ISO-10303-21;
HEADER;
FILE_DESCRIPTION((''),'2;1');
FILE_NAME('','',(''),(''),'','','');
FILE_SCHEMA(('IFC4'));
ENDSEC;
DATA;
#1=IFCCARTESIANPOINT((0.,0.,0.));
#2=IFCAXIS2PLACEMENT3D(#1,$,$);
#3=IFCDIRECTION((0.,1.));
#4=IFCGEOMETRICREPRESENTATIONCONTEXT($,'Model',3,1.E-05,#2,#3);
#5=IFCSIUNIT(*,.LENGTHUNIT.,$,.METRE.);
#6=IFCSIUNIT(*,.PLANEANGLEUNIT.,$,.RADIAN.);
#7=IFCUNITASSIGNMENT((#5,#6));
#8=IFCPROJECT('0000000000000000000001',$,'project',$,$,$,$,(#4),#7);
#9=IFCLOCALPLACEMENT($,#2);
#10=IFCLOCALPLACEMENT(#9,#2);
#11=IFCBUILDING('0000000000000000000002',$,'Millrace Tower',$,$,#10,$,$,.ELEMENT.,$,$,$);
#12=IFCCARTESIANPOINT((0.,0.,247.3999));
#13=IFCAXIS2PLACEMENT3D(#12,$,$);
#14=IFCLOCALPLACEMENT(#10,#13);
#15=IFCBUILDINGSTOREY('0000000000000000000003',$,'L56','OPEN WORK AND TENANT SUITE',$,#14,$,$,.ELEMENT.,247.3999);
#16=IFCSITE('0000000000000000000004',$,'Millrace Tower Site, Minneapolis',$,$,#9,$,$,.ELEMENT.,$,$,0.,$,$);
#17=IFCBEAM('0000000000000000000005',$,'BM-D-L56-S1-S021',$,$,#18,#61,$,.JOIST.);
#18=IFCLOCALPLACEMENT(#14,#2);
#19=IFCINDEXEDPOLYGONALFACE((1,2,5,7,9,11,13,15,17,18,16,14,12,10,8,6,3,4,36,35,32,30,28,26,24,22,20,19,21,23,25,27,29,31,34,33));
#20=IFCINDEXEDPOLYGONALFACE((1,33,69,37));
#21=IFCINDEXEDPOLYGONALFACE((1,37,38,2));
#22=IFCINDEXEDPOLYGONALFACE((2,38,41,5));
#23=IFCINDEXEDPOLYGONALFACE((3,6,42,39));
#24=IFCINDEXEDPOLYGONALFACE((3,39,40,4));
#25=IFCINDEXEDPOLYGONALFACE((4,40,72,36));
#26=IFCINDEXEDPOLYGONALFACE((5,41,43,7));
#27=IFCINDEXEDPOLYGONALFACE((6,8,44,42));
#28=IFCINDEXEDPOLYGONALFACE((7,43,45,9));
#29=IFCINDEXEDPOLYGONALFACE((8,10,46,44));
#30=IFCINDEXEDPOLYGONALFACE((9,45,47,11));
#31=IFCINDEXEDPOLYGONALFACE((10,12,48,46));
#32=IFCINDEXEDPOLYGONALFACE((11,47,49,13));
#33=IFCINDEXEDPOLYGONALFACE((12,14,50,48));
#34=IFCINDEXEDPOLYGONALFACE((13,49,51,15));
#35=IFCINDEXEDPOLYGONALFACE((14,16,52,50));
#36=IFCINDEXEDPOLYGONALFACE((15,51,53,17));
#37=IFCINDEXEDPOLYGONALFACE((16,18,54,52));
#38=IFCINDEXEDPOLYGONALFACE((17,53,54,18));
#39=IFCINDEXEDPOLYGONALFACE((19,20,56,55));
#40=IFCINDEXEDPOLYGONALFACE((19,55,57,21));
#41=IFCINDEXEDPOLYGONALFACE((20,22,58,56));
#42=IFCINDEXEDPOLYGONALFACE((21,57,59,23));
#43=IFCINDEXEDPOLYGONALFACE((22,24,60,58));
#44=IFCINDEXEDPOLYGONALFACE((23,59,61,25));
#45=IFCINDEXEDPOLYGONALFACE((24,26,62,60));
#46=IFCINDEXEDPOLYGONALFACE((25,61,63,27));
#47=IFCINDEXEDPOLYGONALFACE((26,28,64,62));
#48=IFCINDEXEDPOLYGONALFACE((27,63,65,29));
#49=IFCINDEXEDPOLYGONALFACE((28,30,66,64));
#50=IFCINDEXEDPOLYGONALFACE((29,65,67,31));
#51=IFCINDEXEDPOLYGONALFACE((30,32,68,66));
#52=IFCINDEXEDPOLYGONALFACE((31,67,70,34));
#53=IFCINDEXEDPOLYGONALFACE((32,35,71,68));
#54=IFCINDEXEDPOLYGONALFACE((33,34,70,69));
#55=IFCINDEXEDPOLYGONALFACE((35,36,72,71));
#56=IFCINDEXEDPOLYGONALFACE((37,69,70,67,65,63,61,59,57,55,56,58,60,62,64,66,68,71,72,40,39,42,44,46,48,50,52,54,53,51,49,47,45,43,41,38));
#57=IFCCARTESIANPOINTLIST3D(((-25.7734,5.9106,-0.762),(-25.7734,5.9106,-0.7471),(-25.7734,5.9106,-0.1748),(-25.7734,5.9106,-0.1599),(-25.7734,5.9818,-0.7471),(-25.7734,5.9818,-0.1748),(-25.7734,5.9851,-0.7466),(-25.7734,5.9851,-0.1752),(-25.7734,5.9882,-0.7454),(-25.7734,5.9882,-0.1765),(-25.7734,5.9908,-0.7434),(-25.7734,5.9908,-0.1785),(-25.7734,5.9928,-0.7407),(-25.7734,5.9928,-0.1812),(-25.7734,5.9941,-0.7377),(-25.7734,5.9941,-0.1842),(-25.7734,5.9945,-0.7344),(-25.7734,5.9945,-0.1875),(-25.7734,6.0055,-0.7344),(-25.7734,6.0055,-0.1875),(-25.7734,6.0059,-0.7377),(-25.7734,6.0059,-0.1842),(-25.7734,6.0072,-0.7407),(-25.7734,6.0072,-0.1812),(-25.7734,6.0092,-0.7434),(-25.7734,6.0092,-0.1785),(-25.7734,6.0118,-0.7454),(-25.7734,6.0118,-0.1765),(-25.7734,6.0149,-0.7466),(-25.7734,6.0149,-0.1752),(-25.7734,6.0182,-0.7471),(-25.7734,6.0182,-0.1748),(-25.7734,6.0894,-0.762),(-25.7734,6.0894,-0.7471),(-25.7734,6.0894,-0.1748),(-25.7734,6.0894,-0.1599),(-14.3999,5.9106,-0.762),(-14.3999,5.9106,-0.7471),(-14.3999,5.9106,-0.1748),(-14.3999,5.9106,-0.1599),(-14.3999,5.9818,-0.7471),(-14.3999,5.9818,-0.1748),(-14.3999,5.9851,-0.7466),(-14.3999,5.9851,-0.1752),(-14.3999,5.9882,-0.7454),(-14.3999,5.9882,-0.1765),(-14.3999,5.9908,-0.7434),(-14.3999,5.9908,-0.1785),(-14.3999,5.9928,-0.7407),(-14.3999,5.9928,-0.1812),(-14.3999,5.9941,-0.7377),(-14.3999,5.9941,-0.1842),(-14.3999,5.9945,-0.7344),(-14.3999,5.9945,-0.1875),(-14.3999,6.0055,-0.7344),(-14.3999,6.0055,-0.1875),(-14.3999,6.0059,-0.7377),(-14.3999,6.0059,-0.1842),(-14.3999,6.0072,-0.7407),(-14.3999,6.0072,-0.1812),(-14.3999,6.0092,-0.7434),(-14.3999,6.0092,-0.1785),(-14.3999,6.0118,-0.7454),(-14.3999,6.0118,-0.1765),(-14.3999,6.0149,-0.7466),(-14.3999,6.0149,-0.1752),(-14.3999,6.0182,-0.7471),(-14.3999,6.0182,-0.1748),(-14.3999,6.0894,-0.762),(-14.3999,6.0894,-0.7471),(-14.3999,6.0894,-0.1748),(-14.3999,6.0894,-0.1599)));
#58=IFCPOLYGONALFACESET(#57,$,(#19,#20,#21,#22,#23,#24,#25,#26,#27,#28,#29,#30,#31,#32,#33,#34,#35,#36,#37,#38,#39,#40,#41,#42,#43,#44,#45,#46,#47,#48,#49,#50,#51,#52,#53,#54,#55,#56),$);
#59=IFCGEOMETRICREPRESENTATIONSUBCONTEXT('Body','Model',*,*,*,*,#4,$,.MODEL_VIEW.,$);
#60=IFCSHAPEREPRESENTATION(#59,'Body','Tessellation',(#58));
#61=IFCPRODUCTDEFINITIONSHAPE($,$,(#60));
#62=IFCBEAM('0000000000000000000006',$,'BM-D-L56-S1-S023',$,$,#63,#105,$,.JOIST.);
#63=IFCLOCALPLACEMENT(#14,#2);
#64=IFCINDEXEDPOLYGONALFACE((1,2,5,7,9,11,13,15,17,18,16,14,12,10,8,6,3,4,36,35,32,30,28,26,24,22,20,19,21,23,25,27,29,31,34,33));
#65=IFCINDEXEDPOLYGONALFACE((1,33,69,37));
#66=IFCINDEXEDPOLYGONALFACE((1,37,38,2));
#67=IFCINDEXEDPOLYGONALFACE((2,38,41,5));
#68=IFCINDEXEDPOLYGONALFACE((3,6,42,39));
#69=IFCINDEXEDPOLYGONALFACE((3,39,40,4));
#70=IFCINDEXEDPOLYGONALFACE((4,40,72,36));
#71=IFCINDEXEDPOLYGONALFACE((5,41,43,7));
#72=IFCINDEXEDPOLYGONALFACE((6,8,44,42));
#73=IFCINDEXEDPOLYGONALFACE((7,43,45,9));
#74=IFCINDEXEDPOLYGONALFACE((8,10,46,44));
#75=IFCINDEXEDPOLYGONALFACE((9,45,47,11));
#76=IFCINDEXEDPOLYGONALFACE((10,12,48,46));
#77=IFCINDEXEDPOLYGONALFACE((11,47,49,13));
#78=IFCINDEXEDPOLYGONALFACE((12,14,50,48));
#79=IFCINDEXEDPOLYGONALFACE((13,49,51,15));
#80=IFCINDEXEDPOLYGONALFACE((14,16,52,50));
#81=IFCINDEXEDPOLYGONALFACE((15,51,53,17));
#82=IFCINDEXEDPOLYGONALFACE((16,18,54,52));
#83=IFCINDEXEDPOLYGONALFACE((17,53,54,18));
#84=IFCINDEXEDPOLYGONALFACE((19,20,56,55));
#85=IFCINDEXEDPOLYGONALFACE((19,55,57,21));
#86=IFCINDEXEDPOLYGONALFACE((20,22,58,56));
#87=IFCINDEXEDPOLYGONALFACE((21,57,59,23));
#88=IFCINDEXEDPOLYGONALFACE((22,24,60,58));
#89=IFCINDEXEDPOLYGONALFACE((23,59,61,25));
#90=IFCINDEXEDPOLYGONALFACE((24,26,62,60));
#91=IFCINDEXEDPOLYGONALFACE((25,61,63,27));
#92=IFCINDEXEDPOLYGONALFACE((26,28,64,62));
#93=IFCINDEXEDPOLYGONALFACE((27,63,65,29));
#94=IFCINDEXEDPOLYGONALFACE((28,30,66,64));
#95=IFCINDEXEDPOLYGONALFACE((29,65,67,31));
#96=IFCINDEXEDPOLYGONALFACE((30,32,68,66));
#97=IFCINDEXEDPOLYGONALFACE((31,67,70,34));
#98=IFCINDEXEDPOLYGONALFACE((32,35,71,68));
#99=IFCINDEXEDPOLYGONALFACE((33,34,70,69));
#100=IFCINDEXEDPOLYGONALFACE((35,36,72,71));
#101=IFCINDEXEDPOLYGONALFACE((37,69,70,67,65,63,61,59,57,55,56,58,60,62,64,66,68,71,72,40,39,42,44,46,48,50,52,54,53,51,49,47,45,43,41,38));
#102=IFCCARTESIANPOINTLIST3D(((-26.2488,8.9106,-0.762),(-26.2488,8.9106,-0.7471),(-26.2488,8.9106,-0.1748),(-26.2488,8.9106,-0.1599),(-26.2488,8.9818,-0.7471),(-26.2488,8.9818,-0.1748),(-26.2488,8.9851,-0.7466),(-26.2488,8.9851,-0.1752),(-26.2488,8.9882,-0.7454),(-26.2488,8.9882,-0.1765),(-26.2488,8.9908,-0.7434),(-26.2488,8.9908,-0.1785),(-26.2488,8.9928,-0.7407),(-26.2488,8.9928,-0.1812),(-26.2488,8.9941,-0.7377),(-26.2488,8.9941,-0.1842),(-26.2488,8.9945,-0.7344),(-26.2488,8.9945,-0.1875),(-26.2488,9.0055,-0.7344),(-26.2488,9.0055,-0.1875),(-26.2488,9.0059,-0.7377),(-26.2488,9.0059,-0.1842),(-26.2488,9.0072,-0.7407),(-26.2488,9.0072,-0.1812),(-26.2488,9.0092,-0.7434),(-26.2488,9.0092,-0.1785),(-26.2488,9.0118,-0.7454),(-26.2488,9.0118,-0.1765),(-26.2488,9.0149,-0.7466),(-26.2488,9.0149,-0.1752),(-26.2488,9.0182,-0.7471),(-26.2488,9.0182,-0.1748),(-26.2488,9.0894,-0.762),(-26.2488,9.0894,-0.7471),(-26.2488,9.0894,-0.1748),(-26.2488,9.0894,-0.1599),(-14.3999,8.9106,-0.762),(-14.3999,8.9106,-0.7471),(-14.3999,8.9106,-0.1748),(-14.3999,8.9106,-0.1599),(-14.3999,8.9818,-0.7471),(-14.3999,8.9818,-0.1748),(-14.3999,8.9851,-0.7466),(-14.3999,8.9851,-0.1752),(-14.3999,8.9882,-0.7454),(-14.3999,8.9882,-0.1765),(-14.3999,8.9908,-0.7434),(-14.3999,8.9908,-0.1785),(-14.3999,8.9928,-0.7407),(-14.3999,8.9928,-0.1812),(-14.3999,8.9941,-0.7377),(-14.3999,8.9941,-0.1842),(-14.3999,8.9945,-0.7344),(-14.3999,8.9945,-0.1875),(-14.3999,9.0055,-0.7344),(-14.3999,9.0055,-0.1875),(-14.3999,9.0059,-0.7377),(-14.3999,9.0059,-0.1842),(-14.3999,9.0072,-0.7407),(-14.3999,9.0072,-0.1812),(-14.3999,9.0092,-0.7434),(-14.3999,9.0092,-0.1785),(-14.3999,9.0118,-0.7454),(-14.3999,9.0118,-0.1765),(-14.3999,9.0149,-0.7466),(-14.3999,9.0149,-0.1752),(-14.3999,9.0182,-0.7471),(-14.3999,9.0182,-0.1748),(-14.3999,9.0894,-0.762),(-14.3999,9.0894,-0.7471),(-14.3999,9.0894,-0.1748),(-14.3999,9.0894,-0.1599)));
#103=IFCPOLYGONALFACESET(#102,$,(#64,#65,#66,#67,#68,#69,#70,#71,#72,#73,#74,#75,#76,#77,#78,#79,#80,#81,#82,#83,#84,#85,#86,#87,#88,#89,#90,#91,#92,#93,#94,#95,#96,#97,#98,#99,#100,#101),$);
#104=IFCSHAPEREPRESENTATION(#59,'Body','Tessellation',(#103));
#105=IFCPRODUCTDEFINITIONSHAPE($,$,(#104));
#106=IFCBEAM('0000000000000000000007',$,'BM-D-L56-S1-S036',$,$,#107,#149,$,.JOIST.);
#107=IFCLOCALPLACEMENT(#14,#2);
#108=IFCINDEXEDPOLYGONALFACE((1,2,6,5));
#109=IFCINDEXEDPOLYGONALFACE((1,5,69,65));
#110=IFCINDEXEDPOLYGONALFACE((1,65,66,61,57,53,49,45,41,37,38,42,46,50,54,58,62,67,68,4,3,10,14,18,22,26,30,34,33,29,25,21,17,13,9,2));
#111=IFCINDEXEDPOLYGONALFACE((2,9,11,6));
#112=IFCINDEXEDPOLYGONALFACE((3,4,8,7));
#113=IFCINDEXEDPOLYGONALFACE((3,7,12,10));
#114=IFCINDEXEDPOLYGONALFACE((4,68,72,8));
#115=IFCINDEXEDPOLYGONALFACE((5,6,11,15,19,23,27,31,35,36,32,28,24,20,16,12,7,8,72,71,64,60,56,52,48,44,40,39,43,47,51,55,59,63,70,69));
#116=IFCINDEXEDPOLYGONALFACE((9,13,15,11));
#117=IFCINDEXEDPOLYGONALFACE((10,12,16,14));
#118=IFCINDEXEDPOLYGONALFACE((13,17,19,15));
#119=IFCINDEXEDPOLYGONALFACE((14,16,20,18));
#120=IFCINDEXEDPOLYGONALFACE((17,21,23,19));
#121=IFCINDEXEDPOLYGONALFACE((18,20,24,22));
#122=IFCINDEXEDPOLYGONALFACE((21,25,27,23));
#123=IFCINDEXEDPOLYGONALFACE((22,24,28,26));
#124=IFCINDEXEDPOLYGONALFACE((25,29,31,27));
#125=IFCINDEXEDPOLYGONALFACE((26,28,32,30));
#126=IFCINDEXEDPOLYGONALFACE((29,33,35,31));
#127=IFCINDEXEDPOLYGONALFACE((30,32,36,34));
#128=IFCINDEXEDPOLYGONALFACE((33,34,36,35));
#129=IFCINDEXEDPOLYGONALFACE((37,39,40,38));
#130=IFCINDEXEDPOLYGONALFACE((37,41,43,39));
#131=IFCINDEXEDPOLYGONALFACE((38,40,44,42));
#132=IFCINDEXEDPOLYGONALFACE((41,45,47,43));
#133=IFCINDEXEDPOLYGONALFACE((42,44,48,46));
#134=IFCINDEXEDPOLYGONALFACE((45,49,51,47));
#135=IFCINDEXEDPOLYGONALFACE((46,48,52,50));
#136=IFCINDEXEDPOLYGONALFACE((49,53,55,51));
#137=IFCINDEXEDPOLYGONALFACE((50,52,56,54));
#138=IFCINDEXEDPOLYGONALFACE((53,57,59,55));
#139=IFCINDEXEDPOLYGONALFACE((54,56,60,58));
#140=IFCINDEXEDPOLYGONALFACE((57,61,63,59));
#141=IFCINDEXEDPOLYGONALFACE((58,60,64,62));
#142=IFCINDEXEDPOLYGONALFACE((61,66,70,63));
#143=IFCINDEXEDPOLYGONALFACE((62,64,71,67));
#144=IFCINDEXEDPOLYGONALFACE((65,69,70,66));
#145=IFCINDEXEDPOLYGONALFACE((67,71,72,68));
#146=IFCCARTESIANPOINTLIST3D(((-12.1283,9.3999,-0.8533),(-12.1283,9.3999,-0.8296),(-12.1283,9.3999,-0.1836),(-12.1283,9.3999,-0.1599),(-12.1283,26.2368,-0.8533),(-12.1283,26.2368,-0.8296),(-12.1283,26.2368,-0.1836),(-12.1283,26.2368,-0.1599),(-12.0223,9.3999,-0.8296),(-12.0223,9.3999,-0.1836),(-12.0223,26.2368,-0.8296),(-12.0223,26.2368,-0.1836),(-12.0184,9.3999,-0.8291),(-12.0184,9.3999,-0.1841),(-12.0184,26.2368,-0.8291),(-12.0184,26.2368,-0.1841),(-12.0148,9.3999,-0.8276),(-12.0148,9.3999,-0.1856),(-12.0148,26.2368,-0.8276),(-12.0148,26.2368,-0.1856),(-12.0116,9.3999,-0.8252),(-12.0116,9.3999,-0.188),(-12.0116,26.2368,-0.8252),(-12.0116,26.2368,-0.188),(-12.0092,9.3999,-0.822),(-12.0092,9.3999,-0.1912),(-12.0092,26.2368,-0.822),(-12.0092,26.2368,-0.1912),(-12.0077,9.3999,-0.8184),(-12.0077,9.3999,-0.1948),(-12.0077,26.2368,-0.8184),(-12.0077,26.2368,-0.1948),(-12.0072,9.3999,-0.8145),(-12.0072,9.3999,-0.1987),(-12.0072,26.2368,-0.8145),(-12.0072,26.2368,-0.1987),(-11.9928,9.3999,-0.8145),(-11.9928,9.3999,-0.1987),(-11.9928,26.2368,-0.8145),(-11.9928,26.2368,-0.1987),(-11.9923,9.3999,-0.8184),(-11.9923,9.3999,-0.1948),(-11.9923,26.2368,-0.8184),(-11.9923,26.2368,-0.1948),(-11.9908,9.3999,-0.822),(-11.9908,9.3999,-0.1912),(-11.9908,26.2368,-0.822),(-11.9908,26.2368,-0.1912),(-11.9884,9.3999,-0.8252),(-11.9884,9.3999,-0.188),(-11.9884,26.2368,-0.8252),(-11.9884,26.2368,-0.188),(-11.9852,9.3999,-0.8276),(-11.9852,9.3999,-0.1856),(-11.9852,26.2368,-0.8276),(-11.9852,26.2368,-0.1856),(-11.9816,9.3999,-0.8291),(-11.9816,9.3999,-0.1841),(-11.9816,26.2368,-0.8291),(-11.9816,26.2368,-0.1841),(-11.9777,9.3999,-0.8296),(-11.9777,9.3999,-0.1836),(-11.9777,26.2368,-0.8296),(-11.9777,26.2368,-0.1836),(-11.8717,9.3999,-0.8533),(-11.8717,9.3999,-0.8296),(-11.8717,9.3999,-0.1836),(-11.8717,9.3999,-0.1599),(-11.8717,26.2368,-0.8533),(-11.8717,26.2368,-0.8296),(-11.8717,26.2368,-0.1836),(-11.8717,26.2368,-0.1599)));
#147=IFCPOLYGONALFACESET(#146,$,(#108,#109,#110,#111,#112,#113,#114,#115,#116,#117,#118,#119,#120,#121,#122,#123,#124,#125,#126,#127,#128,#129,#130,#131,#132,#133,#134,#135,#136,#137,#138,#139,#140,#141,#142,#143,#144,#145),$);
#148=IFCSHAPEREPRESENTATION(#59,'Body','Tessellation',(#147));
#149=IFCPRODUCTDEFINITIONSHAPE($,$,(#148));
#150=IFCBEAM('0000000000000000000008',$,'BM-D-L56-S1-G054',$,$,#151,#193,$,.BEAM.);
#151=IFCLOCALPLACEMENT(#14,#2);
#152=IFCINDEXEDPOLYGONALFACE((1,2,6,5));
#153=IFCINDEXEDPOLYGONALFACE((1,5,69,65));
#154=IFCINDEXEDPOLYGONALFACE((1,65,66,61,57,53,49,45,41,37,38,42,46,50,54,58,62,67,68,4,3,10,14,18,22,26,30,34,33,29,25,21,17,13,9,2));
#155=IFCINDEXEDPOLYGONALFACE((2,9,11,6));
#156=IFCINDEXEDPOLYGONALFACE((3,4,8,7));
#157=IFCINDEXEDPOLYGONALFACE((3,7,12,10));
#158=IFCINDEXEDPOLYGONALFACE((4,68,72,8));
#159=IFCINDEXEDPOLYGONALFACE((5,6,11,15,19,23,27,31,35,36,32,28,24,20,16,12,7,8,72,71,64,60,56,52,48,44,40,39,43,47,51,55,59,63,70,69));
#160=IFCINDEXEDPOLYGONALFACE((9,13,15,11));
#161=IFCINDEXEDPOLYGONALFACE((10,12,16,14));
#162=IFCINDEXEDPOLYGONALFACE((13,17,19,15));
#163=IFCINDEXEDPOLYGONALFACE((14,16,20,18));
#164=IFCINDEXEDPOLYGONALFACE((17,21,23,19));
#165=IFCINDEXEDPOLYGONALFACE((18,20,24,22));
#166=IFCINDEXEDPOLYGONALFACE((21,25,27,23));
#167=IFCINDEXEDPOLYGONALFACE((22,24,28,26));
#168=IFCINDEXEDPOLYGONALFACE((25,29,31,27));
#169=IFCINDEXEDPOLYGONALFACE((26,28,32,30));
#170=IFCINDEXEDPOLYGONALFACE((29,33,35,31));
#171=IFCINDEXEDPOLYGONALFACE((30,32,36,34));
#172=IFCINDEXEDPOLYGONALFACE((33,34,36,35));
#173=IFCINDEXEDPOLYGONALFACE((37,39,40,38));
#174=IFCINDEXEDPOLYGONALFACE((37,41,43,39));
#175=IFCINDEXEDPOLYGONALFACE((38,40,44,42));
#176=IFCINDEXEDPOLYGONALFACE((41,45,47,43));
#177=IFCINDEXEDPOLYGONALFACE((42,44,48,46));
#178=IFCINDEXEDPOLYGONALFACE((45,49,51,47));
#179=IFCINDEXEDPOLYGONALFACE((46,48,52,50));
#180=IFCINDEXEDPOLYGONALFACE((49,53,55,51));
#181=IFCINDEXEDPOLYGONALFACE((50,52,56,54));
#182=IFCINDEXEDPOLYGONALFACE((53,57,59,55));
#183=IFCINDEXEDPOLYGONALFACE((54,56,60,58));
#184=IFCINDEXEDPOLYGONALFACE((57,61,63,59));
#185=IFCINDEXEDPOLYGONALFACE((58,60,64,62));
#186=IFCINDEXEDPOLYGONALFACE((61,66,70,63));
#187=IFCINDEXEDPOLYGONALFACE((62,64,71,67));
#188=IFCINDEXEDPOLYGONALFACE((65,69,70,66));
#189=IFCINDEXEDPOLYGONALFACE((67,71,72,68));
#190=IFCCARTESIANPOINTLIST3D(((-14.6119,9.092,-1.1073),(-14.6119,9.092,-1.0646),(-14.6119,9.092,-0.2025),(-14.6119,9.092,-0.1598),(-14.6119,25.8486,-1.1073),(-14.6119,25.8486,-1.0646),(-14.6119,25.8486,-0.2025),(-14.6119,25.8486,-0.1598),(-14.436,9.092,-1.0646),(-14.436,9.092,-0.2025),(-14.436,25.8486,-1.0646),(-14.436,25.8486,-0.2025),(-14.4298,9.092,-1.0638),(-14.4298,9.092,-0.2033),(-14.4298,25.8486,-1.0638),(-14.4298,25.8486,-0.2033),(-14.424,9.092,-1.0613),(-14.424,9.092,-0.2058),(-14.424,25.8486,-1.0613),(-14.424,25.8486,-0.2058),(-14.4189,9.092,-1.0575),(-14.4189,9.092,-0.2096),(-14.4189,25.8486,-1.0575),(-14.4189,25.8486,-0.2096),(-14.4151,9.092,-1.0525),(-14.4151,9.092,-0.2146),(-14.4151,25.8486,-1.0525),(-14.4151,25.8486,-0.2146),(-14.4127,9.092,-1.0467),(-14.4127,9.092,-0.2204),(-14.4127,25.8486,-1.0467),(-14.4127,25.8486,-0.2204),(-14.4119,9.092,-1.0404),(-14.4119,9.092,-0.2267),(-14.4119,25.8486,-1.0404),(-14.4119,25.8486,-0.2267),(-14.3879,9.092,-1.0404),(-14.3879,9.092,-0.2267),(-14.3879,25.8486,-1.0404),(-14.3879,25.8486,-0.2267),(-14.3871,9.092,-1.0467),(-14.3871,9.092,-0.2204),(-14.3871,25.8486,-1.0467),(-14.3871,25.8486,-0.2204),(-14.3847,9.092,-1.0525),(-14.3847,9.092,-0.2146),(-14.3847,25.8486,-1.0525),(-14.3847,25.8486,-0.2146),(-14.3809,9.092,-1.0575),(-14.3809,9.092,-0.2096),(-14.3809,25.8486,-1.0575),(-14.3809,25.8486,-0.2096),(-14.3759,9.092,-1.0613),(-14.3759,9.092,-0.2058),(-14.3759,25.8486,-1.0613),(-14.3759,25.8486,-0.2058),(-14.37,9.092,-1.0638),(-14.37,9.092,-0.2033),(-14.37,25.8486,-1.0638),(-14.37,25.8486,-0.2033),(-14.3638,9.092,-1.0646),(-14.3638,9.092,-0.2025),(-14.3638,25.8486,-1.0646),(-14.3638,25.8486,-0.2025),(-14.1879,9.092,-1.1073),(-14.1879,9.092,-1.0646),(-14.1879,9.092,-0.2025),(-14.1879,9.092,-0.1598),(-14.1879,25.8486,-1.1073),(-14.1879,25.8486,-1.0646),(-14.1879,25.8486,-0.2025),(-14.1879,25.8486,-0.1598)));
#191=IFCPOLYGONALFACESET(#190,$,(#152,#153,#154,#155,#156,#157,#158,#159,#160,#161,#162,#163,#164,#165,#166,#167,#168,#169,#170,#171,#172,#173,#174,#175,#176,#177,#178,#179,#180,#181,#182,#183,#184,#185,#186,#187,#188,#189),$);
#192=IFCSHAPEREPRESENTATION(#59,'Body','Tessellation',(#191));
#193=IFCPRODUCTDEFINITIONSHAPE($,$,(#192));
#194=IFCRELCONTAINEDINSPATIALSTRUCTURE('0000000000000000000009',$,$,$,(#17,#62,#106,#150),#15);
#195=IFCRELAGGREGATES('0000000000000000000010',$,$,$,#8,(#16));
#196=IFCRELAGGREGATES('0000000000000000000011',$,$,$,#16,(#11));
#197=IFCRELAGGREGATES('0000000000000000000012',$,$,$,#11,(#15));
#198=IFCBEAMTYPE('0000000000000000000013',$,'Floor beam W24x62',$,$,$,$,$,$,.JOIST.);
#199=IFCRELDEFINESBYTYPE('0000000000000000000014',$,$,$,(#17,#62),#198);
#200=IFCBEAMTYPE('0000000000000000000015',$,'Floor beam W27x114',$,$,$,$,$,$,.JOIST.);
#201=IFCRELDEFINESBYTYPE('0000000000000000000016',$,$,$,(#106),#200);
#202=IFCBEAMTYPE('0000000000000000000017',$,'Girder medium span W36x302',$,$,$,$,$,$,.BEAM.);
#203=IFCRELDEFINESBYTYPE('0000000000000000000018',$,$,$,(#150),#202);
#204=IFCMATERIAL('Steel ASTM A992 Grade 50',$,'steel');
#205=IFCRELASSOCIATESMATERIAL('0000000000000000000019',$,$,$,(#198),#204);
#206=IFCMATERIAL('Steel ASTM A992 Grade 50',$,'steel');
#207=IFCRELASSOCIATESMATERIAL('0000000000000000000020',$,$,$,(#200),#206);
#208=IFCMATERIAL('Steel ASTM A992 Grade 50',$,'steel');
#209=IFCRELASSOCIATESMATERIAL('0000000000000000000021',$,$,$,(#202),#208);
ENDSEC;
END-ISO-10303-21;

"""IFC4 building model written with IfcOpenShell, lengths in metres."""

from ifc_helpers import new_model, si_unit, direction, frame, origin, origin_2d, place, context, subcontext, project, spatial, i_section, extrude, material, material_profile, profile_set, type_object, element, save


model = new_model("IFC4")

# Units and contexts
model_context = context("Model", 3, precision=1e-05, world=origin(), true_north=direction((0.0, 1.0)))
body_context = subcontext(model_context, "Body", "Model", "MODEL_VIEW")
ifc_project = project(units=[si_unit("LENGTHUNIT", "METRE"), si_unit("PLANEANGLEUNIT", "RADIAN")], contexts=[model_context])

# Site, building, storey
site_placement = place(None, origin())
site = spatial("IfcSite", under=ifc_project, at=site_placement, Name="Millrace Tower Site, Minneapolis", CompositionType="ELEMENT", RefElevation=0.0)
building_placement = place(site_placement, origin())
building = spatial("IfcBuilding", under=site, at=building_placement, Name="Millrace Tower", CompositionType="ELEMENT")
storey_placement = place(building_placement, frame((0.0, 0.0, 247.3999)))
storey = spatial("IfcBuildingStorey", under=building, at=storey_placement, Name="L56", Description="OPEN WORK AND TENANT SUITE", CompositionType="ELEMENT", Elevation=247.3999)

# Beams
ifc_material_1 = material(Name="Steel ASTM A992 Grade 50", Category="steel")
ifc_material_profile_1 = material_profile(ifc_material_1, i_section(OverallWidth=0.1787, OverallDepth=0.6021, WebThickness=0.011, FlangeThickness=0.0149, FilletRadius=0.0127, at=origin_2d()))
ifc_profile_set_1 = profile_set([ifc_material_profile_1], Name="Steel ASTM A992 Grade 50")
beam_type_1 = type_object("IfcBeamType", Name="Floor beam W24x62", PredefinedType="JOIST", material=ifc_profile_set_1)
beam_1_placement = place(storey_placement, frame((-25.7734, 6.0, -0.4609), z_axis=(1.0, 0.0, 0.0), x_axis=(0.0, 1.0, 0.0)))
element("IfcBeam", 1, at=beam_1_placement, inside=storey, type_object=beam_type_1, Name="BM-D-L56-S1-S021", PredefinedType="JOIST", context=body_context, shape_type="SweptSolid", body=[
    extrude(i_section(OverallWidth=0.1787, OverallDepth=0.6021, WebThickness=0.011, FlangeThickness=0.0149, FilletRadius=0.0127, at=origin_2d()), origin(), (0.0, 0.0, 1.0), 11.3735),
])
beam_2_placement = place(storey_placement, frame((-26.2488, 9.0, -0.4609), z_axis=(1.0, 0.0, 0.0), x_axis=(0.0, 1.0, 0.0)))
element("IfcBeam", 2, at=beam_2_placement, inside=storey, type_object=beam_type_1, Name="BM-D-L56-S1-S023", PredefinedType="JOIST", context=body_context, shape_type="SweptSolid", body=[
    extrude(i_section(OverallWidth=0.1787, OverallDepth=0.6021, WebThickness=0.011, FlangeThickness=0.0149, FilletRadius=0.0127, at=origin_2d()), origin(), (0.0, 0.0, 1.0), 11.8489),
])
ifc_material_2 = material(Name="Steel ASTM A992 Grade 50", Category="steel")
ifc_material_profile_2 = material_profile(ifc_material_2, i_section(OverallWidth=0.2566, OverallDepth=0.6934, WebThickness=0.0144, FlangeThickness=0.0237, FilletRadius=0.0151, at=origin_2d()))
ifc_profile_set_2 = profile_set([ifc_material_profile_2], Name="Steel ASTM A992 Grade 50")
beam_type_2 = type_object("IfcBeamType", Name="Floor beam W27x114", PredefinedType="JOIST", material=ifc_profile_set_2)
beam_3_placement = place(storey_placement, frame((-12.0, 9.3999, -0.5066), z_axis=(0.0, 1.0, 0.0), x_axis=(-1.0, 0.0, 0.0)))
element("IfcBeam", 3, at=beam_3_placement, inside=storey, type_object=beam_type_2, Name="BM-D-L56-S1-S036", PredefinedType="JOIST", context=body_context, shape_type="SweptSolid", body=[
    extrude(i_section(OverallWidth=0.2566, OverallDepth=0.6934, WebThickness=0.0144, FlangeThickness=0.0237, FilletRadius=0.0151, at=origin_2d()), origin(), (0.0, 0.0, 1.0), 16.8369),
])
ifc_material_3 = material(Name="Steel ASTM A992 Grade 50", Category="steel")
ifc_material_profile_3 = material_profile(ifc_material_3, i_section(OverallWidth=0.4241, OverallDepth=0.9475, WebThickness=0.0239, FlangeThickness=0.0427, FilletRadius=0.0242, at=origin_2d()))
ifc_profile_set_3 = profile_set([ifc_material_profile_3], Name="Steel ASTM A992 Grade 50")
beam_type_3 = type_object("IfcBeamType", Name="Girder medium span W36x302", PredefinedType="BEAM", material=ifc_profile_set_3)
beam_4_placement = place(storey_placement, frame((-14.3999, 9.092, -0.6335), z_axis=(0.0, 1.0, 0.0), x_axis=(-1.0, 0.0, 0.0)))
element("IfcBeam", 4, at=beam_4_placement, inside=storey, type_object=beam_type_3, Name="BM-D-L56-S1-G054", PredefinedType="BEAM", context=body_context, shape_type="SweptSolid", body=[
    extrude(i_section(OverallWidth=0.4241, OverallDepth=0.9475, WebThickness=0.0239, FlangeThickness=0.0427, FilletRadius=0.0242, at=origin_2d()), origin(), (0.0, 0.0, 1.0), 16.7566),
])

save(model, "model.ifc")
